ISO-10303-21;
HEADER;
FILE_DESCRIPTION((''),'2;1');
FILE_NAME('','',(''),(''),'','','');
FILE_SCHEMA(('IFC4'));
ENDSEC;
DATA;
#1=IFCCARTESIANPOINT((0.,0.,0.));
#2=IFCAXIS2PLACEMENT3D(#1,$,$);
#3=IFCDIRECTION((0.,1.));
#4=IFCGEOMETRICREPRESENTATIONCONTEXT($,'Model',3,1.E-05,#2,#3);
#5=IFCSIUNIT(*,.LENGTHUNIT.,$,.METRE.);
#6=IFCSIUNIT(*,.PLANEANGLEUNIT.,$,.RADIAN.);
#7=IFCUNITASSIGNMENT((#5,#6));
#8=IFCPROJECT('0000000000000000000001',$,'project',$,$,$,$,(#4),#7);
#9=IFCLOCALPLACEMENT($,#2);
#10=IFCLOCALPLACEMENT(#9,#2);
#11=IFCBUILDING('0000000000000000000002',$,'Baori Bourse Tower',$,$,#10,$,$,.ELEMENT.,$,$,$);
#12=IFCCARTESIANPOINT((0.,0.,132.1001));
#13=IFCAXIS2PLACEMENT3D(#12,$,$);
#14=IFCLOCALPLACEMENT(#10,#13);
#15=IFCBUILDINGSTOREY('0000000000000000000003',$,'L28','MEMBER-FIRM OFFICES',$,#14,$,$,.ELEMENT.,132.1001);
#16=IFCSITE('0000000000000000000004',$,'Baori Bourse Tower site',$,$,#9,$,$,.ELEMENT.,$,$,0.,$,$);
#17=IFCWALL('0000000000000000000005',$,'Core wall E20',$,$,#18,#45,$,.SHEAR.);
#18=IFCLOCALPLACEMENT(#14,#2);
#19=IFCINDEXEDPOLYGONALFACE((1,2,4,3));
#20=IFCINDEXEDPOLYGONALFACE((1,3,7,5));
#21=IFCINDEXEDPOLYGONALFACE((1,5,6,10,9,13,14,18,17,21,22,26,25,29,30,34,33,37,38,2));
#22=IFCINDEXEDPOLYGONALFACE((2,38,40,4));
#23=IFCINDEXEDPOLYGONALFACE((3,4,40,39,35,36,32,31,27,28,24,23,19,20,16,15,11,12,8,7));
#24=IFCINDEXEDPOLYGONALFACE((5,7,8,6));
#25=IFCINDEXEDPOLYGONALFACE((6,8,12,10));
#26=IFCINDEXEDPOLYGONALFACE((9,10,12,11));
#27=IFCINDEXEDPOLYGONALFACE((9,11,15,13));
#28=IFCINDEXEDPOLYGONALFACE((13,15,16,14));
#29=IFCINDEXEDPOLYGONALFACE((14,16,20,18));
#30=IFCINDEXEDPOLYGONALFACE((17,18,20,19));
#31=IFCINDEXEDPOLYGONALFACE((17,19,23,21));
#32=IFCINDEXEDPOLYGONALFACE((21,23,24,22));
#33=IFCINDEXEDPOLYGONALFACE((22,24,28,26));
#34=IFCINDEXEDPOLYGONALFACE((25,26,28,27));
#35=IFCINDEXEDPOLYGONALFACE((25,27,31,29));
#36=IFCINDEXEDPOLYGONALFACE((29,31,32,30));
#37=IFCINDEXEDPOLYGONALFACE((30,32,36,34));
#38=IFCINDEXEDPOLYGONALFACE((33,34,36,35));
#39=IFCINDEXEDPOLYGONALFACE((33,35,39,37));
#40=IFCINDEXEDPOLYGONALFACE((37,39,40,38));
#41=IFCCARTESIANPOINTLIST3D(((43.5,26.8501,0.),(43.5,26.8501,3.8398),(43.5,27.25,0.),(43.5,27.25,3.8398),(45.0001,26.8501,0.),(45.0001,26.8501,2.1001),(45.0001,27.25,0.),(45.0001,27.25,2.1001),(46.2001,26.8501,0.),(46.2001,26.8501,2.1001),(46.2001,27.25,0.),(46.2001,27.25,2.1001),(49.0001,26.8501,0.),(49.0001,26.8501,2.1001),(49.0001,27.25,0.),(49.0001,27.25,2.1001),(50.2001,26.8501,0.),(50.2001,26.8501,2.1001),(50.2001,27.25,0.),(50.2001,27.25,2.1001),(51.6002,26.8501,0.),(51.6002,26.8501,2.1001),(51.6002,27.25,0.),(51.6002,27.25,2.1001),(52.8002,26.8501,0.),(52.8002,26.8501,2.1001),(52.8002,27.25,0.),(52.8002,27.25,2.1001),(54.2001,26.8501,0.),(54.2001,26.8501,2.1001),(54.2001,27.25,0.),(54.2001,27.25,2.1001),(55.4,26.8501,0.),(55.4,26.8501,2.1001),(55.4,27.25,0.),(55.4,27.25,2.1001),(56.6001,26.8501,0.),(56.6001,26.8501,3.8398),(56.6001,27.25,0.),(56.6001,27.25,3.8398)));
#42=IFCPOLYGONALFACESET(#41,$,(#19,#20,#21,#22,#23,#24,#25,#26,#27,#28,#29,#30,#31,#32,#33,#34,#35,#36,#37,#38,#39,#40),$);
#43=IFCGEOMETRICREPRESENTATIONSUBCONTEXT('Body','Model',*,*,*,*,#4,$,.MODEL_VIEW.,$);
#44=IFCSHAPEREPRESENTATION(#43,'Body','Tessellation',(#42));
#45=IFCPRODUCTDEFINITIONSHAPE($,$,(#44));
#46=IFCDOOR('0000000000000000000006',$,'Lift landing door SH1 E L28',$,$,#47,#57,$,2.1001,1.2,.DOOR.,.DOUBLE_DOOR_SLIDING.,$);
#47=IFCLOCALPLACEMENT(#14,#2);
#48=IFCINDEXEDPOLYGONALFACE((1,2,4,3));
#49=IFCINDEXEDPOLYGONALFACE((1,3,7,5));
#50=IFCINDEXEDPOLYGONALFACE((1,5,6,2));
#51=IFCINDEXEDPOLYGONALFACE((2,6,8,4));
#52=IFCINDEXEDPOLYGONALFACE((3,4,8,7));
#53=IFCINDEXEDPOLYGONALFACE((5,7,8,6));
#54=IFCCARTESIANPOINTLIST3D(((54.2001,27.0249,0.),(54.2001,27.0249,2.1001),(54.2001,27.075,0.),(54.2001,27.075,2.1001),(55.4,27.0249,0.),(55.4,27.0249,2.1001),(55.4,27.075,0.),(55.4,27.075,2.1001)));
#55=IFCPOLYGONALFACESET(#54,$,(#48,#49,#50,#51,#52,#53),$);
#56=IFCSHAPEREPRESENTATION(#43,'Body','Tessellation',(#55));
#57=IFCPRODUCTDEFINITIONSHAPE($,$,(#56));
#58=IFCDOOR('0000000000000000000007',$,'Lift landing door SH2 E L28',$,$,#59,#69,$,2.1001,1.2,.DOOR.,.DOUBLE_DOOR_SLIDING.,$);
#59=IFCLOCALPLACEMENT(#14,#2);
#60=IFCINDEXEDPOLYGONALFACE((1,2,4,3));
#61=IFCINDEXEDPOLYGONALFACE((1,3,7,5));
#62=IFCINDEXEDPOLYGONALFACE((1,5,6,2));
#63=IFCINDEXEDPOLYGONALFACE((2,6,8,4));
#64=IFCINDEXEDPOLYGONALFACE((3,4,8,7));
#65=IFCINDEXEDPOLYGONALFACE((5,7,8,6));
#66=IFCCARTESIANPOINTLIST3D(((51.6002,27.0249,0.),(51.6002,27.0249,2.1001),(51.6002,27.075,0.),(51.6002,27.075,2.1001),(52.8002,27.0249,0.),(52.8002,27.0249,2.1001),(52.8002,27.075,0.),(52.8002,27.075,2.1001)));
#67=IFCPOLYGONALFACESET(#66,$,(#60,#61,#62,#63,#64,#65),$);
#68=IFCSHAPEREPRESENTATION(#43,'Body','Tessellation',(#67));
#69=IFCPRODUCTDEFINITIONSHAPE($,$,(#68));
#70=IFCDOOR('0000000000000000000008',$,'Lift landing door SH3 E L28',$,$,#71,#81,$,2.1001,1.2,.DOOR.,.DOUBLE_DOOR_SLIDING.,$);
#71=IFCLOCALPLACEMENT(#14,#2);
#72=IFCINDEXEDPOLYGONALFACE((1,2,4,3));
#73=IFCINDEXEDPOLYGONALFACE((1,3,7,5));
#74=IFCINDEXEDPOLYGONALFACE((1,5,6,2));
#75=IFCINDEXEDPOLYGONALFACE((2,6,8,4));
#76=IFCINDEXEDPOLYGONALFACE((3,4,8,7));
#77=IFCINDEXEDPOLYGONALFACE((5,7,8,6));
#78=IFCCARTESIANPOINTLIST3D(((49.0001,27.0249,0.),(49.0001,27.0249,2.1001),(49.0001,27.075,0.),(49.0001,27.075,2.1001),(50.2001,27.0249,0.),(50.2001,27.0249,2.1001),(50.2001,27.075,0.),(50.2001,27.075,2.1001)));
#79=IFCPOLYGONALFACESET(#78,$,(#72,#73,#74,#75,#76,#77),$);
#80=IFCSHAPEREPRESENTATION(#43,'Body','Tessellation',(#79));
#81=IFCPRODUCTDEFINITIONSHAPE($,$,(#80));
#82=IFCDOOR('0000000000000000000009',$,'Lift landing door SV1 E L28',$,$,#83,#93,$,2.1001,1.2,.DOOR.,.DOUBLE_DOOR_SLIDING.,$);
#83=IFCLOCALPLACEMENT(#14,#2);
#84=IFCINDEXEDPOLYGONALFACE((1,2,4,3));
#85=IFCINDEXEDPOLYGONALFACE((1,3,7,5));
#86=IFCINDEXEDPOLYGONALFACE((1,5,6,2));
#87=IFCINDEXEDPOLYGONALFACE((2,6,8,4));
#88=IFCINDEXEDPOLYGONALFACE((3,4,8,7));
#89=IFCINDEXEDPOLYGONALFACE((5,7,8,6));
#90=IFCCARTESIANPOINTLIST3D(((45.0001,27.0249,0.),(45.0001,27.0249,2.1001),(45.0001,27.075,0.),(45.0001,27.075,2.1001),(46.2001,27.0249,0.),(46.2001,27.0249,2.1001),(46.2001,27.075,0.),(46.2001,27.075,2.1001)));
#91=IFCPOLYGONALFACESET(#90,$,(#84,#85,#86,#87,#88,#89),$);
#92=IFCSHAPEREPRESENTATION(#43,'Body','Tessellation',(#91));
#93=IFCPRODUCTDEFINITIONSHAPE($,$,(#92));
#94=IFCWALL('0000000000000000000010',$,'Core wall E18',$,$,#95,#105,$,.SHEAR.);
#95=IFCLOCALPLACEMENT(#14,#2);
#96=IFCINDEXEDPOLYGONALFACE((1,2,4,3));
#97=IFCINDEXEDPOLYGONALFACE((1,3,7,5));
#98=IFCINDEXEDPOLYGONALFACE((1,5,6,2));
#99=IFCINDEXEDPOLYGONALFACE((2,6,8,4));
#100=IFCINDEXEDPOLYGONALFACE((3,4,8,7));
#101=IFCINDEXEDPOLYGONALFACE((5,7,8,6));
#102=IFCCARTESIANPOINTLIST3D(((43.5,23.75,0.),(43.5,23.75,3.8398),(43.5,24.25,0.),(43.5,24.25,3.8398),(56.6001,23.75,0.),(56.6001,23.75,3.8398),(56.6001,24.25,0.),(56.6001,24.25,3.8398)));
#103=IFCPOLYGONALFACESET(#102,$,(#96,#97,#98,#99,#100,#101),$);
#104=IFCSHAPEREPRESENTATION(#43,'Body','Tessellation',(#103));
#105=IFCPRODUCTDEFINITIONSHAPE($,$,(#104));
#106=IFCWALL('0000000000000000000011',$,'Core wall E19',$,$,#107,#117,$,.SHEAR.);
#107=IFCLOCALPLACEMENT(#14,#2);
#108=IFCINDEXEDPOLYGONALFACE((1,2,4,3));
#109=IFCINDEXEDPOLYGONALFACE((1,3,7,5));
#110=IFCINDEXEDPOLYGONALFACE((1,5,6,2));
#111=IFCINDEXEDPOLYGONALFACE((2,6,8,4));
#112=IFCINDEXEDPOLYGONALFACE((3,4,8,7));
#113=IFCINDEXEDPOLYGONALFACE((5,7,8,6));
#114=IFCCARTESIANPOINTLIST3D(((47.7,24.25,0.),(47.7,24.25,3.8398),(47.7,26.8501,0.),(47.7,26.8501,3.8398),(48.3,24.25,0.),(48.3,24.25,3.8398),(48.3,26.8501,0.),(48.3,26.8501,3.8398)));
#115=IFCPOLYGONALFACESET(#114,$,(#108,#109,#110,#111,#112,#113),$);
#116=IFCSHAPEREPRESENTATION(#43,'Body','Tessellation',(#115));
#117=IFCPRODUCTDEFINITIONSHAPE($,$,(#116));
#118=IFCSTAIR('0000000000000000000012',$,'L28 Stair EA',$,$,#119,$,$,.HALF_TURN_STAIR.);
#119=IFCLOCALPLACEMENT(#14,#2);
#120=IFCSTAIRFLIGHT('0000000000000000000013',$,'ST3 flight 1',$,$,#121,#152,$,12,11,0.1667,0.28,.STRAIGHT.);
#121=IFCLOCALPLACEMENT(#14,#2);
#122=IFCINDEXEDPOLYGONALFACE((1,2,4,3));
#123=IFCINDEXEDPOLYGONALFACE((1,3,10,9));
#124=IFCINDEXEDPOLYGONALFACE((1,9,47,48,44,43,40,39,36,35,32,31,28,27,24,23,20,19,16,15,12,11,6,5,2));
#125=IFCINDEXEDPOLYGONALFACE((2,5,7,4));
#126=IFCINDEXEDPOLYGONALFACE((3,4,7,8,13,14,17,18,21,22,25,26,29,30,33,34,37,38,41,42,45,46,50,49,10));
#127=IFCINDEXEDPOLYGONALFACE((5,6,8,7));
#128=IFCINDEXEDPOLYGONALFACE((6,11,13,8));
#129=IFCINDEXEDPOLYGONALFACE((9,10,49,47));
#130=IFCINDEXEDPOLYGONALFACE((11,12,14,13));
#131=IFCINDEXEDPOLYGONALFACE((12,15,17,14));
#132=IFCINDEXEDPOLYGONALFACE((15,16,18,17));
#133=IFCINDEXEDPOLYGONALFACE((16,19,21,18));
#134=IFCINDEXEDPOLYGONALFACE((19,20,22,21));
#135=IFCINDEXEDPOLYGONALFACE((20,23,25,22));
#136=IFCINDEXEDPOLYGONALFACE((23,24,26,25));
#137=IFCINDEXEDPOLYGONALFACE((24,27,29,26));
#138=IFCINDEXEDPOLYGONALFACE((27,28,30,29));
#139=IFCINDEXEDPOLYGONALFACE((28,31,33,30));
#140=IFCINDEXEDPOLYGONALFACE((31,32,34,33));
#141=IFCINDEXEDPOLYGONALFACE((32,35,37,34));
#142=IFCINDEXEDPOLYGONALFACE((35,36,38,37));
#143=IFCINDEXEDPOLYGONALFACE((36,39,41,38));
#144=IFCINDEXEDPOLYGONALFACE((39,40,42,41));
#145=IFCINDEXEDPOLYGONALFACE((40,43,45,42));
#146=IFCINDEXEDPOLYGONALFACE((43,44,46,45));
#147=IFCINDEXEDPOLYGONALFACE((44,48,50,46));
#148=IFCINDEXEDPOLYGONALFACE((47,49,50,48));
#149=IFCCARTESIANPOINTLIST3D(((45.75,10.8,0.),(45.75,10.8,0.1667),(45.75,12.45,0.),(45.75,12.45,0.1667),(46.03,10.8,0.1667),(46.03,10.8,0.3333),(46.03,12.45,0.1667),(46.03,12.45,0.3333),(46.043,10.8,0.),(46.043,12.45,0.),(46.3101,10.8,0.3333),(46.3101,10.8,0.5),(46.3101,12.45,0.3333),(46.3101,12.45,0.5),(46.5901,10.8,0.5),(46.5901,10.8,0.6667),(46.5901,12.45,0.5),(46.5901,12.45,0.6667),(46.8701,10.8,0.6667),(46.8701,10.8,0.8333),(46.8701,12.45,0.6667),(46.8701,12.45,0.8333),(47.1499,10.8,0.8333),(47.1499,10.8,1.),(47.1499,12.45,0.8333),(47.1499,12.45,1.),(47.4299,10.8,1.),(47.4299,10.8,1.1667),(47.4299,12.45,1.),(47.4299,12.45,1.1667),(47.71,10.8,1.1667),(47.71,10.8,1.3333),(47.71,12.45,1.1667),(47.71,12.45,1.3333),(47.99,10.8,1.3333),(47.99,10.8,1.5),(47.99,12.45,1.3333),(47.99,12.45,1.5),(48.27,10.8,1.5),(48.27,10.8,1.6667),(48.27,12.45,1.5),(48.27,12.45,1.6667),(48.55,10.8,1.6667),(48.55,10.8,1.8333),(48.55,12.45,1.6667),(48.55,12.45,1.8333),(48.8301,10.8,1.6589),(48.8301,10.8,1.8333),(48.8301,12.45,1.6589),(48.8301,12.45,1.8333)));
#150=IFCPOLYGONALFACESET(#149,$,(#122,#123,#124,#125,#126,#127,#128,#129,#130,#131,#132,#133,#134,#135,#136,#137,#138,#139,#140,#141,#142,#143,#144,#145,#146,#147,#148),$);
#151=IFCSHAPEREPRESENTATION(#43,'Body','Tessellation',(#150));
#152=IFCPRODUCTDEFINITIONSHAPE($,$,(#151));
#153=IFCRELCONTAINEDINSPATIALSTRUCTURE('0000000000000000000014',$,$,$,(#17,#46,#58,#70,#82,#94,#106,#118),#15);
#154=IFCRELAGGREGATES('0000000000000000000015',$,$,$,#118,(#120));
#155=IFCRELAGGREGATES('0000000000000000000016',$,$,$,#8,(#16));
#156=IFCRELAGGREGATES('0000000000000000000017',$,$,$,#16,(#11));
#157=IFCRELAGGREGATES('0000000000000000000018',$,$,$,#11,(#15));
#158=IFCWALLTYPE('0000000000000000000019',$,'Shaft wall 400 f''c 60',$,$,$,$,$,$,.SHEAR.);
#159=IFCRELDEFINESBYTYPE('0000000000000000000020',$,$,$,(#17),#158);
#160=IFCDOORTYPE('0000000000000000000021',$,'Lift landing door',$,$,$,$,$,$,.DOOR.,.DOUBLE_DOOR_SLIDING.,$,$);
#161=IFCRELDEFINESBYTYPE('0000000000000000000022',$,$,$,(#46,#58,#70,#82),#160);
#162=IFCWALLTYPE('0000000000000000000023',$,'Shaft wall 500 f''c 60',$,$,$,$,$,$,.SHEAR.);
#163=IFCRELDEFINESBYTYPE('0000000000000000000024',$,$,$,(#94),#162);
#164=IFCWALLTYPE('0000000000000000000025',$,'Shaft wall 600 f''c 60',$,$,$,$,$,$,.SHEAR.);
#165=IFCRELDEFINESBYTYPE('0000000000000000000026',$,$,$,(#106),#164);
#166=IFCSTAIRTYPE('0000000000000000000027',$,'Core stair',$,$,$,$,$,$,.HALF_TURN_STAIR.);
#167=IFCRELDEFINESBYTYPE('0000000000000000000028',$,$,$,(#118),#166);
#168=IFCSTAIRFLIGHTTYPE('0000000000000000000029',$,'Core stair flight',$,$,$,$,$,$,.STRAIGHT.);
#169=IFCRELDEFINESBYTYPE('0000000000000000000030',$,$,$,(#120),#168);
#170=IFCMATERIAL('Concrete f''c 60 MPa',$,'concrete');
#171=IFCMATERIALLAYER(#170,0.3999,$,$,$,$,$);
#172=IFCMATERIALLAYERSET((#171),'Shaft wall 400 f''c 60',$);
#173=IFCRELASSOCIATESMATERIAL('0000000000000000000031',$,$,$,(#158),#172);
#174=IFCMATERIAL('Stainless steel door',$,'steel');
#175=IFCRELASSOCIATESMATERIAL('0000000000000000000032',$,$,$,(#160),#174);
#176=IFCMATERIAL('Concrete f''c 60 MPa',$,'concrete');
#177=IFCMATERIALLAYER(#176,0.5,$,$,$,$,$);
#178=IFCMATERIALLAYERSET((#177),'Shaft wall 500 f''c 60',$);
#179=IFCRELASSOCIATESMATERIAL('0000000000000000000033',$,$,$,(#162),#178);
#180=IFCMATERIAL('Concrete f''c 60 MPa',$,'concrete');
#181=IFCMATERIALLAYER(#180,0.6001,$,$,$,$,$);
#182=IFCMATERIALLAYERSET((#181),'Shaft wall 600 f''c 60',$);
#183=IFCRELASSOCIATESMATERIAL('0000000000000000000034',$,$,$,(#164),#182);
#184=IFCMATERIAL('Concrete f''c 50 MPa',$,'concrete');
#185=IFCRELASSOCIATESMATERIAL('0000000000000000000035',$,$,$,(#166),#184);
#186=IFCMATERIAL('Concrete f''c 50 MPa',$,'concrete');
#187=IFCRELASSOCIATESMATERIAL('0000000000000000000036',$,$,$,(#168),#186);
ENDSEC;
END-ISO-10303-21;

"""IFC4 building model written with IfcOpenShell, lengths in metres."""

from ifc_helpers import new_model, si_unit, direction, frame, frame_2d, origin, place, context, subcontext, project, spatial, polyline, rectangle, outline, extrude, material, layer, layer_set, type_object, element, fill, aggregate, save


model = new_model("IFC4")

# Units and contexts
model_context = context("Model", 3, precision=1e-05, world=origin(), true_north=direction((0.0, 1.0)))
body_context = subcontext(model_context, "Body", "Model", "MODEL_VIEW")
ifc_project = project(units=[si_unit("LENGTHUNIT", "METRE"), si_unit("PLANEANGLEUNIT", "RADIAN")], contexts=[model_context])

# Site, building, storey
site_placement = place(None, origin())
site = spatial("IfcSite", under=ifc_project, at=site_placement, Name="Baori Bourse Tower site", CompositionType="ELEMENT", RefElevation=0.0)
building_placement = place(site_placement, origin())
building = spatial("IfcBuilding", under=site, at=building_placement, Name="Baori Bourse Tower", CompositionType="ELEMENT")
storey_placement = place(building_placement, frame((0.0, 0.0, 132.1001)))
storey = spatial("IfcBuildingStorey", under=building, at=storey_placement, Name="L28", Description="MEMBER-FIRM OFFICES", CompositionType="ELEMENT", Elevation=132.1001)

# Shared definitions
ifc_material_1 = material(Name="Concrete f'c 60 MPa", Category="concrete")
ifc_layer_1 = layer(ifc_material_1, 0.3999)
ifc_layer_set_1 = layer_set([ifc_layer_1], Name="Shaft wall 400 f'c 60")
wall_type_1 = type_object("IfcWallType", Name="Shaft wall 400 f'c 60", PredefinedType="SHEAR", material=ifc_layer_set_1)

# Shared definitions
ifc_material_2 = material(Name="Stainless steel door", Category="steel")
door_type_1 = type_object("IfcDoorType", Name="Lift landing door", OperationType="DOUBLE_DOOR_SLIDING", PredefinedType="DOOR", material=ifc_material_2)

# Wall, openings, doors
wall_1_placement = place(storey_placement, frame((43.5, 27.05, 0.0), z_axis=(0.0, 0.0, 1.0), x_axis=(1.0, 0.0, 0.0)))
wall_1 = element("IfcWall", 1, at=wall_1_placement, inside=storey, type_object=wall_type_1, Name="Core wall E20", PredefinedType="SHEAR", context=body_context, shape_type="SweptSolid", body=[
    extrude(rectangle(XDim=13.1001, YDim=0.3999, at=frame_2d((6.55, 0.0))), origin(), (0.0, 0.0, 1.0), 3.8398),
])
opening_1_placement = place(wall_1_placement, frame((10.7, 0.0, 0.0)))
opening_1 = element("IfcOpeningElement", 2, at=opening_1_placement, cuts=wall_1, PredefinedType="OPENING", context=body_context, shape_type="SweptSolid", body=[
    extrude(rectangle(XDim=1.2, YDim=2.1001, at=frame_2d((0.6001, 1.05))), frame((0.0, 0.21, 0.0), z_axis=(0.0, -1.0, 0.0), x_axis=(1.0, 0.0, 0.0)), (0.0, 0.0, 1.0), 0.4199),
])
opening_2_placement = place(wall_1_placement, frame((8.1001, 0.0, 0.0)))
opening_2 = element("IfcOpeningElement", 3, at=opening_2_placement, cuts=wall_1, PredefinedType="OPENING", context=body_context, shape_type="SweptSolid", body=[
    extrude(rectangle(XDim=1.2, YDim=2.1001, at=frame_2d((0.6001, 1.05))), frame((0.0, 0.21, 0.0), z_axis=(0.0, -1.0, 0.0), x_axis=(1.0, 0.0, 0.0)), (0.0, 0.0, 1.0), 0.4199),
])
opening_3_placement = place(wall_1_placement, frame((5.5, 0.0, 0.0)))
opening_3 = element("IfcOpeningElement", 4, at=opening_3_placement, cuts=wall_1, PredefinedType="OPENING", context=body_context, shape_type="SweptSolid", body=[
    extrude(rectangle(XDim=1.2, YDim=2.1001, at=frame_2d((0.6001, 1.05))), frame((0.0, 0.21, 0.0), z_axis=(0.0, -1.0, 0.0), x_axis=(1.0, 0.0, 0.0)), (0.0, 0.0, 1.0), 0.4199),
])
opening_4_placement = place(wall_1_placement, frame((1.5, 0.0, 0.0)))
opening_4 = element("IfcOpeningElement", 5, at=opening_4_placement, cuts=wall_1, PredefinedType="OPENING", context=body_context, shape_type="SweptSolid", body=[
    extrude(rectangle(XDim=1.2, YDim=2.1001, at=frame_2d((0.6001, 1.05))), frame((0.0, 0.21, 0.0), z_axis=(0.0, -1.0, 0.0), x_axis=(1.0, 0.0, 0.0)), (0.0, 0.0, 1.0), 0.4199),
])
door_1_placement = place(opening_1_placement, origin())
door_1 = element("IfcDoor", 6, at=door_1_placement, inside=storey, type_object=door_type_1, Name="Lift landing door SH1 E L28", OperationType="DOUBLE_DOOR_SLIDING", OverallHeight=2.1001, OverallWidth=1.2, PredefinedType="DOOR", context=body_context, shape_type="SweptSolid", body=[
    extrude(rectangle(XDim=1.2, YDim=2.1001, at=frame_2d((0.6001, 1.05))), frame((0.0, 0.0249, 0.0), z_axis=(0.0, -1.0, 0.0), x_axis=(1.0, 0.0, 0.0)), (0.0, 0.0, 1.0), 0.05),
])
fill(opening_1, door_1)
door_2_placement = place(opening_2_placement, origin())
door_2 = element("IfcDoor", 7, at=door_2_placement, inside=storey, type_object=door_type_1, Name="Lift landing door SH2 E L28", OperationType="DOUBLE_DOOR_SLIDING", OverallHeight=2.1001, OverallWidth=1.2, PredefinedType="DOOR", context=body_context, shape_type="SweptSolid", body=[
    extrude(rectangle(XDim=1.2, YDim=2.1001, at=frame_2d((0.6001, 1.05))), frame((0.0, 0.0249, 0.0), z_axis=(0.0, -1.0, 0.0), x_axis=(1.0, 0.0, 0.0)), (0.0, 0.0, 1.0), 0.05),
])
fill(opening_2, door_2)
door_3_placement = place(opening_3_placement, origin())
door_3 = element("IfcDoor", 8, at=door_3_placement, inside=storey, type_object=door_type_1, Name="Lift landing door SH3 E L28", OperationType="DOUBLE_DOOR_SLIDING", OverallHeight=2.1001, OverallWidth=1.2, PredefinedType="DOOR", context=body_context, shape_type="SweptSolid", body=[
    extrude(rectangle(XDim=1.2, YDim=2.1001, at=frame_2d((0.6001, 1.05))), frame((0.0, 0.0249, 0.0), z_axis=(0.0, -1.0, 0.0), x_axis=(1.0, 0.0, 0.0)), (0.0, 0.0, 1.0), 0.05),
])
fill(opening_3, door_3)
door_4_placement = place(opening_4_placement, origin())
door_4 = element("IfcDoor", 9, at=door_4_placement, inside=storey, type_object=door_type_1, Name="Lift landing door SV1 E L28", OperationType="DOUBLE_DOOR_SLIDING", OverallHeight=2.1001, OverallWidth=1.2, PredefinedType="DOOR", context=body_context, shape_type="SweptSolid", body=[
    extrude(rectangle(XDim=1.2, YDim=2.1001, at=frame_2d((0.6001, 1.05))), frame((0.0, 0.0249, 0.0), z_axis=(0.0, -1.0, 0.0), x_axis=(1.0, 0.0, 0.0)), (0.0, 0.0, 1.0), 0.05),
])
fill(opening_4, door_4)

# Walls
ifc_material_3 = material(Name="Concrete f'c 60 MPa", Category="concrete")
ifc_layer_2 = layer(ifc_material_3, 0.5)
ifc_layer_set_2 = layer_set([ifc_layer_2], Name="Shaft wall 500 f'c 60")
wall_type_2 = type_object("IfcWallType", Name="Shaft wall 500 f'c 60", PredefinedType="SHEAR", material=ifc_layer_set_2)
wall_2_placement = place(storey_placement, frame((43.5, 24.0, 0.0), z_axis=(0.0, 0.0, 1.0), x_axis=(1.0, 0.0, 0.0)))
element("IfcWall", 10, at=wall_2_placement, inside=storey, type_object=wall_type_2, Name="Core wall E18", PredefinedType="SHEAR", context=body_context, shape_type="SweptSolid", body=[
    extrude(rectangle(XDim=13.1001, YDim=0.5, at=frame_2d((6.55, 0.0))), origin(), (0.0, 0.0, 1.0), 3.8398),
])
ifc_material_4 = material(Name="Concrete f'c 60 MPa", Category="concrete")
ifc_layer_3 = layer(ifc_material_4, 0.6001)
ifc_layer_set_3 = layer_set([ifc_layer_3], Name="Shaft wall 600 f'c 60")
wall_type_3 = type_object("IfcWallType", Name="Shaft wall 600 f'c 60", PredefinedType="SHEAR", material=ifc_layer_set_3)
wall_3_placement = place(storey_placement, frame((48.0, 24.25, 0.0), z_axis=(0.0, 0.0, 1.0), x_axis=(0.0, 1.0, 0.0)))
element("IfcWall", 11, at=wall_3_placement, inside=storey, type_object=wall_type_3, Name="Core wall E19", PredefinedType="SHEAR", context=body_context, shape_type="SweptSolid", body=[
    extrude(rectangle(XDim=2.6001, YDim=0.6001, at=frame_2d((1.3, 0.0))), origin(), (0.0, 0.0, 1.0), 3.8398),
])

# Stair, stair flight
ifc_material_5 = material(Name="Concrete f'c 50 MPa", Category="concrete")
stair_type = type_object("IfcStairType", Name="Core stair", PredefinedType="HALF_TURN_STAIR", material=ifc_material_5)
stair_placement = place(storey_placement, origin())
stair = element("IfcStair", 12, at=stair_placement, inside=storey, type_object=stair_type, Name="L28 Stair EA", PredefinedType="HALF_TURN_STAIR")
ifc_material_6 = material(Name="Concrete f'c 50 MPa", Category="concrete")
stair_flight_type = type_object("IfcStairFlightType", Name="Core stair flight", PredefinedType="STRAIGHT", material=ifc_material_6)
stair_flight_1_placement = place(storey_placement, frame((45.75, 11.625, 0.0), z_axis=(0.0, 0.0, 1.0), x_axis=(1.0, 0.0, 0.0)))
stair_flight_1 = element("IfcStairFlight", 13, at=stair_flight_1_placement, type_object=stair_flight_type, Name="ST3 flight 1", NumberOfRisers=12, NumberOfTreads=11, PredefinedType="STRAIGHT", RiserHeight=0.1667, TreadLength=0.28, context=body_context, shape_type="SweptSolid", body=[
    extrude(outline(polyline([(0.0, 0.0), (0.0, 0.1667), (0.28, 0.1667), (0.28, 0.3333), (0.5601, 0.3333), (0.5601, 0.5), (0.8401, 0.5), (0.8401, 0.6667), (1.1201, 0.6667), (1.1201, 0.8333), (1.3999, 0.8333), (1.3999, 1.0), (1.6799, 1.0), (1.6799, 1.1667), (1.96, 1.1667), (1.96, 1.3333), (2.24, 1.3333), (2.24, 1.5), (2.52, 1.5), (2.52, 1.6667), (2.8, 1.6667), (2.8, 1.8333), (3.0801, 1.8333), (3.0801, 2.0), (3.0801, 1.6589), (0.293, 0.0), (0.0, 0.0)])), frame((0.0, 0.825, 0.0), z_axis=(0.0, -1.0, 0.0), x_axis=(1.0, 0.0, 0.0)), (0.0, 0.0, 1.0), 1.6499),
])
aggregate(stair, [stair_flight_1])

save(model, "model.ifc")
